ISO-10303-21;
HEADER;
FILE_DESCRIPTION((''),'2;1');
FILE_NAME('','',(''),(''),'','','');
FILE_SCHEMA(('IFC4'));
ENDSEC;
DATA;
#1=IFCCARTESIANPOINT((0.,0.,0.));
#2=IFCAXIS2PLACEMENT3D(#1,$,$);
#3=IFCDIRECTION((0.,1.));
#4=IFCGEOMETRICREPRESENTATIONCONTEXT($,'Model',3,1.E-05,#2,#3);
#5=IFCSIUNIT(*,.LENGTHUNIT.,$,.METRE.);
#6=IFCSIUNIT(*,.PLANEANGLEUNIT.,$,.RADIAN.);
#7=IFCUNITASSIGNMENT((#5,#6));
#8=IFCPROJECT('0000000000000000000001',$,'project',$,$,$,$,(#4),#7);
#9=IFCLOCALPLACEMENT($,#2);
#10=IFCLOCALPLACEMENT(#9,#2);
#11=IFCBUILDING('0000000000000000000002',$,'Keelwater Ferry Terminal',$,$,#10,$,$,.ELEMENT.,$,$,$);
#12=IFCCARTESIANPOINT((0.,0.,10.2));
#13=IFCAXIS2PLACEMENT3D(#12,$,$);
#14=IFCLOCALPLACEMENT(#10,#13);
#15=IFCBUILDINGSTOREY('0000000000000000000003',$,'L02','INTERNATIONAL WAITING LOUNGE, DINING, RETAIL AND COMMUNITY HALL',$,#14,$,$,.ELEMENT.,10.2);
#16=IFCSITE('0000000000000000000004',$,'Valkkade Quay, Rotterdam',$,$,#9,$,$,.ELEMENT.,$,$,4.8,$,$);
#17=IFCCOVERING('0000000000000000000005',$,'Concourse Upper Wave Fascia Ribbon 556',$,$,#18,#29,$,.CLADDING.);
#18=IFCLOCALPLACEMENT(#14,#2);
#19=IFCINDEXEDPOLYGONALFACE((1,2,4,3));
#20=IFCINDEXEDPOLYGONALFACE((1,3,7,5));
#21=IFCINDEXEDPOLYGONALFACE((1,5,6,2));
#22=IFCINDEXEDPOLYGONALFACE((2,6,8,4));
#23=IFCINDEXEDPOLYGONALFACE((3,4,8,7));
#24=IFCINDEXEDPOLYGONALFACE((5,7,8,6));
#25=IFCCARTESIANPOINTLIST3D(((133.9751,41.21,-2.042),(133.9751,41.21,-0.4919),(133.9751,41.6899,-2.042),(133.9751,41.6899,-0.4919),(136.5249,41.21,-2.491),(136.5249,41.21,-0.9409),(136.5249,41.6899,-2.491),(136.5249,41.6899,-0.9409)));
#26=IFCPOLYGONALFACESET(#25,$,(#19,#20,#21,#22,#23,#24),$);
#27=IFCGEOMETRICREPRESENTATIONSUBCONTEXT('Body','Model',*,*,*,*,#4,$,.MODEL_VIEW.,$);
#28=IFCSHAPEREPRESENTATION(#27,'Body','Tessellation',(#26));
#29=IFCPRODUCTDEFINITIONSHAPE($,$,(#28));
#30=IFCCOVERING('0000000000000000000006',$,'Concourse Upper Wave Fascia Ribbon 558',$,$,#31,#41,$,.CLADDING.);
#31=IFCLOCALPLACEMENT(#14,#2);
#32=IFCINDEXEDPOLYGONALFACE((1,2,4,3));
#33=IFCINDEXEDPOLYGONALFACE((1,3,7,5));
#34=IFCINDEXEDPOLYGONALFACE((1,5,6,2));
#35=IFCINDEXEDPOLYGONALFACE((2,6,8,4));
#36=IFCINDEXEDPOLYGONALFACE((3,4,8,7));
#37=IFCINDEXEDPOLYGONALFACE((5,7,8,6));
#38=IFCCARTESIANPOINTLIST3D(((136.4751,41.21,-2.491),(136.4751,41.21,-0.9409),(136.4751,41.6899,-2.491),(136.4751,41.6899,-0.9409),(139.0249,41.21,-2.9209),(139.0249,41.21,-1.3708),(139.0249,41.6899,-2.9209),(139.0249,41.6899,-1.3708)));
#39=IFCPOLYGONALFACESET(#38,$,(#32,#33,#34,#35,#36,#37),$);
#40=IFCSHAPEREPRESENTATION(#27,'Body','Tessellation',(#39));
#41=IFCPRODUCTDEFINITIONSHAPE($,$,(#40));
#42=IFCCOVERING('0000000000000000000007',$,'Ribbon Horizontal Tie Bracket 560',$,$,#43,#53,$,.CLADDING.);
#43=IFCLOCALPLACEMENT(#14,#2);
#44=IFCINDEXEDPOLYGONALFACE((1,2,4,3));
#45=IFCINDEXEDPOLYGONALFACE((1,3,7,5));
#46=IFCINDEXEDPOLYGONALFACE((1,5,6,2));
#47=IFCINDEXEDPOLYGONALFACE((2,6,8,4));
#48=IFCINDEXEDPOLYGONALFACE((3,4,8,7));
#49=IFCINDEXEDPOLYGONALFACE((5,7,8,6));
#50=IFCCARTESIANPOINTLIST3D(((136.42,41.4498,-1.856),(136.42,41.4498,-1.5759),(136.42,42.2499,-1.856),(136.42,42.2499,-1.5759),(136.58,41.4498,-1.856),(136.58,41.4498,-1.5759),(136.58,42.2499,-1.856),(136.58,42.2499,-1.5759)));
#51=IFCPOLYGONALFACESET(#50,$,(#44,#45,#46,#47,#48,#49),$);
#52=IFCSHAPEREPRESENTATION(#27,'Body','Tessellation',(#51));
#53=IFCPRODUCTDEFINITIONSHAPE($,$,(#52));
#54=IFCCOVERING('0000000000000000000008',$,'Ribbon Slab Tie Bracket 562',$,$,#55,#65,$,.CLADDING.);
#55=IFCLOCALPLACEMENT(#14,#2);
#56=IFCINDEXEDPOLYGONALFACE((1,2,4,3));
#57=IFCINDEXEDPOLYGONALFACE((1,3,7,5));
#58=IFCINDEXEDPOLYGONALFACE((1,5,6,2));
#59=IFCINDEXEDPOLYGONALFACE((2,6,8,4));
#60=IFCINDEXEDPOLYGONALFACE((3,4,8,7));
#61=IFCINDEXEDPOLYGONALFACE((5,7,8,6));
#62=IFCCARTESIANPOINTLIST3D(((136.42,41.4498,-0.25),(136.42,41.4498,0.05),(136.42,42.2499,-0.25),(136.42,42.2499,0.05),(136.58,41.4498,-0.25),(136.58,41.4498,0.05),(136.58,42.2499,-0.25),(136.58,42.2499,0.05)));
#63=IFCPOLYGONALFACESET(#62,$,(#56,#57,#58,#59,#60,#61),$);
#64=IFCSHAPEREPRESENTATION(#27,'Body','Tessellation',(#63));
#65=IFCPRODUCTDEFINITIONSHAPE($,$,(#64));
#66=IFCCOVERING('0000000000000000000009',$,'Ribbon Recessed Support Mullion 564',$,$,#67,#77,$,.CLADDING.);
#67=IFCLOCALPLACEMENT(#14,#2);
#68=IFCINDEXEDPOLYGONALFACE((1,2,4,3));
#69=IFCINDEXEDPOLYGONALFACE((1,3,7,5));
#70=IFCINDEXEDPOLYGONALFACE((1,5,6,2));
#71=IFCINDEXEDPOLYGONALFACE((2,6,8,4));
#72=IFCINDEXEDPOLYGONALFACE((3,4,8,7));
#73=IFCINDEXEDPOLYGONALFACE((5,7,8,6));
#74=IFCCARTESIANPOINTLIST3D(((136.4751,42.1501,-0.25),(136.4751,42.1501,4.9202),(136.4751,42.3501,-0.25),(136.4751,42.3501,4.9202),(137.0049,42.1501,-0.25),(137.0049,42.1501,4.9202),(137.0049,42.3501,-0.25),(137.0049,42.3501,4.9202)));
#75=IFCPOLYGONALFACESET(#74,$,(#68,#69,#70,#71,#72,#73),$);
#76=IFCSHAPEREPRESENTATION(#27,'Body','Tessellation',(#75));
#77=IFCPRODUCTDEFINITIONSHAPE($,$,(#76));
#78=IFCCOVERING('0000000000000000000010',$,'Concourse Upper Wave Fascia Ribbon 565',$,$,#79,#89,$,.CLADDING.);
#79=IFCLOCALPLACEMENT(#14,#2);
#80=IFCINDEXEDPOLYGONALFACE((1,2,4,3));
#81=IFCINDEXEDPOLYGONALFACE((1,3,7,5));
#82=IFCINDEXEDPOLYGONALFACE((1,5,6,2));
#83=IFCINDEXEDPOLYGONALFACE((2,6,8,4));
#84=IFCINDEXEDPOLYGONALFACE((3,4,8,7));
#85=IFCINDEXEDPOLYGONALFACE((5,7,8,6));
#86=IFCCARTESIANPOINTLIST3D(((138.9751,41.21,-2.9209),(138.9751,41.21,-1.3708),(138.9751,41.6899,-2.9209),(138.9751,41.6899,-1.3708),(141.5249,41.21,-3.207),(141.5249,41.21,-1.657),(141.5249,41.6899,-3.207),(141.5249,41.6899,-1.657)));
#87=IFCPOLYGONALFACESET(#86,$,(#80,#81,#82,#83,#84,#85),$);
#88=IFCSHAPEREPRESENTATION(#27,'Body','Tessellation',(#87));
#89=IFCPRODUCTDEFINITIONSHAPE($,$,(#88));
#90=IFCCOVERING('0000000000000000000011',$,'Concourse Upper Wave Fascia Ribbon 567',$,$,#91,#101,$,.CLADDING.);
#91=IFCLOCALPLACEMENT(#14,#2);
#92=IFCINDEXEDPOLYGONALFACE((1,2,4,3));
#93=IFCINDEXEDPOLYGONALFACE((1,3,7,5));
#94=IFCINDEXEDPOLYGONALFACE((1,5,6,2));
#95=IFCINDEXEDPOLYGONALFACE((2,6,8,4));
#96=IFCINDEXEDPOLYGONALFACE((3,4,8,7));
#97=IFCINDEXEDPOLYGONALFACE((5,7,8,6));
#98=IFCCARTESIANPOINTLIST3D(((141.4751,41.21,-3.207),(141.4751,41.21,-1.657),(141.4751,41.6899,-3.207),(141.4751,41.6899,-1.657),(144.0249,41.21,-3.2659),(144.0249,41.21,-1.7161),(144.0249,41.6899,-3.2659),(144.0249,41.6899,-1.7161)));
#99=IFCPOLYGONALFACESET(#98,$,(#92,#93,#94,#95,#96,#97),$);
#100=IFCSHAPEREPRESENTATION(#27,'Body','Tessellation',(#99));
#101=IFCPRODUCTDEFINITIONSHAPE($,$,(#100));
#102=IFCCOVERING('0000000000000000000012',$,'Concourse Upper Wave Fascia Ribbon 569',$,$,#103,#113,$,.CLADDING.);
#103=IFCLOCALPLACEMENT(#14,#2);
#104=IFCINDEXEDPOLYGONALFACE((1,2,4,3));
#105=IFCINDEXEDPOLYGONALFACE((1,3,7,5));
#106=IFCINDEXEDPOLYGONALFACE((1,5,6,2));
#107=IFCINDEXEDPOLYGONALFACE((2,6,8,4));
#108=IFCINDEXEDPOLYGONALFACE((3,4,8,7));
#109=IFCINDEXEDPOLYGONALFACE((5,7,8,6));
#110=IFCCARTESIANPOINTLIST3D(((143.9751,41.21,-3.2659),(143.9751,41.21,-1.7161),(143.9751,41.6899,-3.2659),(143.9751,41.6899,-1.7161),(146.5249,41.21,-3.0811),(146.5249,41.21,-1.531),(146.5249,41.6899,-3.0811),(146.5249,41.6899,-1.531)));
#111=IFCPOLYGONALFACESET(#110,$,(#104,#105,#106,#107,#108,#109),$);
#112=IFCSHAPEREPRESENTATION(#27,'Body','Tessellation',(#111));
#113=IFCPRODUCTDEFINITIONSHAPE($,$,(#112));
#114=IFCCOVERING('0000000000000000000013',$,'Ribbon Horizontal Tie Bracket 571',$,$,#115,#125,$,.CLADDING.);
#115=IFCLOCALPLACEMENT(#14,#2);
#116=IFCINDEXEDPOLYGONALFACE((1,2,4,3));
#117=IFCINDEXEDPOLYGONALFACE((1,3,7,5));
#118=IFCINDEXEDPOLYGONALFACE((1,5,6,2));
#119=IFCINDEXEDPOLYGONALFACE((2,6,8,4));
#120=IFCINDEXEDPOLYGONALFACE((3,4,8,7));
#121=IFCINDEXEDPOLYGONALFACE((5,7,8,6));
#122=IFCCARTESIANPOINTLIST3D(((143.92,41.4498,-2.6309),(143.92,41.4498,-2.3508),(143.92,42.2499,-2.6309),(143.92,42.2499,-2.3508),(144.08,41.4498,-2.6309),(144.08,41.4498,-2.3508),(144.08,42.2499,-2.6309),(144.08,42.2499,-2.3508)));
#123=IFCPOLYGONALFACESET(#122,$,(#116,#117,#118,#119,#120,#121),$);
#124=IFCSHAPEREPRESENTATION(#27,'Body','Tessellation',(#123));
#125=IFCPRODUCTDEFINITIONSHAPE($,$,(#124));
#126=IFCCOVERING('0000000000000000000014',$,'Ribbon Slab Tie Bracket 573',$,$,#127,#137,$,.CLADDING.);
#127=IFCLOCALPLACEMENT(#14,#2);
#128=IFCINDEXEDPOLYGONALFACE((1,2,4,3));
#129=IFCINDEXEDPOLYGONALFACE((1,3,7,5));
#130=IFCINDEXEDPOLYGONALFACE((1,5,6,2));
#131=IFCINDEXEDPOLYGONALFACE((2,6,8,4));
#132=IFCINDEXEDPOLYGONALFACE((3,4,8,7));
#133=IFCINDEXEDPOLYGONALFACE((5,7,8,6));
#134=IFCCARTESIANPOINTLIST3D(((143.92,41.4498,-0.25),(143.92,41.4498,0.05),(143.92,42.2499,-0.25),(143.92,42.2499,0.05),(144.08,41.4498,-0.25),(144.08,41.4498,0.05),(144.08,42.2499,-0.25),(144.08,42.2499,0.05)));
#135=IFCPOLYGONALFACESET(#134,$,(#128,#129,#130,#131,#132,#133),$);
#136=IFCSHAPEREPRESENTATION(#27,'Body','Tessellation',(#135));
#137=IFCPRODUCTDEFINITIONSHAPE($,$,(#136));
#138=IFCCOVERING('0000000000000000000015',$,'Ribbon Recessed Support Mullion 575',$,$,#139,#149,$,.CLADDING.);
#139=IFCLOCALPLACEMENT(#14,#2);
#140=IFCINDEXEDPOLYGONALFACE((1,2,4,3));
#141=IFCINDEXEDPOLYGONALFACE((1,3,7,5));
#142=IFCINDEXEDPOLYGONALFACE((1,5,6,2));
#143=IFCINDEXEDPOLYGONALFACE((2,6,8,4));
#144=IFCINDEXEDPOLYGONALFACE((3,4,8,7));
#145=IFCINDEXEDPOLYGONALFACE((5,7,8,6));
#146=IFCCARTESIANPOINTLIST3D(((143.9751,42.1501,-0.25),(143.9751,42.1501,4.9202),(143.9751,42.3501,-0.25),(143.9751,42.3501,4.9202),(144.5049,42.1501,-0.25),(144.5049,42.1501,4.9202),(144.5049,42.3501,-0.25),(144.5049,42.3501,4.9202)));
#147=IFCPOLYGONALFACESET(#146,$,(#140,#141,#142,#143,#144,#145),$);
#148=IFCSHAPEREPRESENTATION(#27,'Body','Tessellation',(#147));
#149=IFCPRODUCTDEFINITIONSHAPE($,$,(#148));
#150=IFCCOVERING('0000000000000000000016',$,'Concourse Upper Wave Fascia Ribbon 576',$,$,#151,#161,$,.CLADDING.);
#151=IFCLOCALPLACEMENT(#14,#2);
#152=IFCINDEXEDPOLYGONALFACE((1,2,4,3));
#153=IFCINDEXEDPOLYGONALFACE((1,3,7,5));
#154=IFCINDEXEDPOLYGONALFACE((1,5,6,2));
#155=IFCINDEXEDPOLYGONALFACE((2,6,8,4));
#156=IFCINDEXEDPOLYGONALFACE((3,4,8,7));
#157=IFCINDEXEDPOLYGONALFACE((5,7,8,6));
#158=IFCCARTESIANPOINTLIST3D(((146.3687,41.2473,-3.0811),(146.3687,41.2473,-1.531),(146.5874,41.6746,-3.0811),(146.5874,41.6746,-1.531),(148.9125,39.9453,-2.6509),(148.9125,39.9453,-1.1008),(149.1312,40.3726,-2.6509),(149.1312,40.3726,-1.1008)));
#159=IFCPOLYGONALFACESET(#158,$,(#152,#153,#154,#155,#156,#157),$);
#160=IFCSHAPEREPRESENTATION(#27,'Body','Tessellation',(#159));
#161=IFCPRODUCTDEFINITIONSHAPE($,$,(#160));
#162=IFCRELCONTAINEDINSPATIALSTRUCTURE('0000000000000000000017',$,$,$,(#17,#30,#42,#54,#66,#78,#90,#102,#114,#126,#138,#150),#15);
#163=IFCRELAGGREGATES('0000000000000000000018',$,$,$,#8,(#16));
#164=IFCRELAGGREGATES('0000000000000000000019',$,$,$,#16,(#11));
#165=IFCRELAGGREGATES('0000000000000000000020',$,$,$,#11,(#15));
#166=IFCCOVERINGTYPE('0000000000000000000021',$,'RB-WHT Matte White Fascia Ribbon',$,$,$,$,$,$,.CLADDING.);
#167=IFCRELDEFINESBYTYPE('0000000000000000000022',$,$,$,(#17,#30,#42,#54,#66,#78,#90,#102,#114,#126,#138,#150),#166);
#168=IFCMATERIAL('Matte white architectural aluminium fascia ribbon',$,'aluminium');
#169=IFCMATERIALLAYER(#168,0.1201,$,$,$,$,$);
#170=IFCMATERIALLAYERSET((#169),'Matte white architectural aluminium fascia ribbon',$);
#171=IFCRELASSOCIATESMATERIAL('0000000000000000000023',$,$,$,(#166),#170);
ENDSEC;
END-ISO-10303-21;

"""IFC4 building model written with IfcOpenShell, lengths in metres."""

from ifc_helpers import new_model, si_unit, direction, frame, frame_2d, origin, place, context, subcontext, project, spatial, polyline, rectangle, outline, extrude, material, layer, layer_set, type_object, element, save


model = new_model("IFC4")

# Units and contexts
model_context = context("Model", 3, precision=1e-05, world=origin(), true_north=direction((0.0, 1.0)))
body_context = subcontext(model_context, "Body", "Model", "MODEL_VIEW")
ifc_project = project(units=[si_unit("LENGTHUNIT", "METRE"), si_unit("PLANEANGLEUNIT", "RADIAN")], contexts=[model_context])

# Site, building, storey
site_placement = place(None, origin())
site = spatial("IfcSite", under=ifc_project, at=site_placement, Name="Valkkade Quay, Rotterdam", CompositionType="ELEMENT", RefElevation=4.8)
building_placement = place(site_placement, origin())
building = spatial("IfcBuilding", under=site, at=building_placement, Name="Keelwater Ferry Terminal", CompositionType="ELEMENT")
storey_placement = place(building_placement, frame((0.0, 0.0, 10.2)))
storey = spatial("IfcBuildingStorey", under=building, at=storey_placement, Name="L02", Description="INTERNATIONAL WAITING LOUNGE, DINING, RETAIL AND COMMUNITY HALL", CompositionType="ELEMENT", Elevation=10.2)

# Coverings
ifc_material_1 = material(Name="Matte white architectural aluminium fascia ribbon", Category="aluminium")
ifc_layer_1 = layer(ifc_material_1, 0.1201)
ifc_layer_set_1 = layer_set([ifc_layer_1], Name="Matte white architectural aluminium fascia ribbon")
covering_type = type_object("IfcCoveringType", Name="RB-WHT Matte White Fascia Ribbon", PredefinedType="CLADDING", material=ifc_layer_set_1)
covering_1_placement = place(storey_placement, frame((133.9751, 41.45, -2.491), z_axis=(0.0, 0.0, 1.0), x_axis=(1.0, 0.0, 0.0)))
element("IfcCovering", 1, at=covering_1_placement, inside=storey, type_object=covering_type, Name="Concourse Upper Wave Fascia Ribbon 556", PredefinedType="CLADDING", context=body_context, shape_type="SweptSolid", body=[
    extrude(outline(polyline([(0.0, 0.449), (2.5498, 0.0), (2.5498, 1.55), (0.0, 1.999), (0.0, 0.449)])), frame((0.0, 0.24, 0.0), z_axis=(0.0, -1.0, 0.0), x_axis=(1.0, 0.0, 0.0)), (0.0, 0.0, 1.0), 0.48),
])
covering_2_placement = place(storey_placement, frame((136.4751, 41.45, -2.9209), z_axis=(0.0, 0.0, 1.0), x_axis=(1.0, 0.0, 0.0)))
element("IfcCovering", 2, at=covering_2_placement, inside=storey, type_object=covering_type, Name="Concourse Upper Wave Fascia Ribbon 558", PredefinedType="CLADDING", context=body_context, shape_type="SweptSolid", body=[
    extrude(outline(polyline([(0.0, 0.4299), (2.5498, 0.0), (2.5498, 1.55), (0.0, 1.98), (0.0, 0.4299)])), frame((0.0, 0.24, 0.0), z_axis=(0.0, -1.0, 0.0), x_axis=(1.0, 0.0, 0.0)), (0.0, 0.0, 1.0), 0.48),
])
covering_3_placement = place(storey_placement, frame((136.5, 41.45, -1.856), z_axis=(0.0, 0.0, 1.0), x_axis=(0.0, 1.0, 0.0)))
element("IfcCovering", 3, at=covering_3_placement, inside=storey, type_object=covering_type, Name="Ribbon Horizontal Tie Bracket 560", PredefinedType="CLADDING", context=body_context, shape_type="SweptSolid", body=[
    extrude(rectangle(XDim=0.8, YDim=0.1599, at=frame_2d((0.3999, 0.0))), origin(), (0.0, 0.0, 1.0), 0.28),
])
covering_4_placement = place(storey_placement, frame((136.5, 41.45, -0.25), z_axis=(0.0, 0.0, 1.0), x_axis=(0.0, 1.0, 0.0)))
element("IfcCovering", 4, at=covering_4_placement, inside=storey, type_object=covering_type, Name="Ribbon Slab Tie Bracket 562", PredefinedType="CLADDING", context=body_context, shape_type="SweptSolid", body=[
    extrude(rectangle(XDim=0.8, YDim=0.1599, at=frame_2d((0.3999, 0.0))), origin(), (0.0, 0.0, 1.0), 0.3),
])
covering_5_placement = place(storey_placement, frame((136.4751, 42.25, -0.25), z_axis=(0.0, 0.0, 1.0), x_axis=(1.0, 0.0, 0.0)))
element("IfcCovering", 5, at=covering_5_placement, inside=storey, type_object=covering_type, Name="Ribbon Recessed Support Mullion 564", PredefinedType="CLADDING", context=body_context, shape_type="SweptSolid", body=[
    extrude(outline(polyline([(0.0, 0.0), (0.5298, 0.0), (0.5298, 5.1702), (0.0, 5.1702), (0.0, 0.0)])), frame((0.0, 0.1001, 0.0), z_axis=(0.0, -1.0, 0.0), x_axis=(1.0, 0.0, 0.0)), (0.0, 0.0, 1.0), 0.2),
])
covering_6_placement = place(storey_placement, frame((138.9751, 41.45, -3.207), z_axis=(0.0, 0.0, 1.0), x_axis=(1.0, 0.0, 0.0)))
element("IfcCovering", 6, at=covering_6_placement, inside=storey, type_object=covering_type, Name="Concourse Upper Wave Fascia Ribbon 565", PredefinedType="CLADDING", context=body_context, shape_type="SweptSolid", body=[
    extrude(outline(polyline([(0.0, 0.2861), (2.5498, 0.0), (2.5498, 1.55), (0.0, 1.8362), (0.0, 0.2861)])), frame((0.0, 0.24, 0.0), z_axis=(0.0, -1.0, 0.0), x_axis=(1.0, 0.0, 0.0)), (0.0, 0.0, 1.0), 0.48),
])
covering_7_placement = place(storey_placement, frame((141.4751, 41.45, -3.2659), z_axis=(0.0, 0.0, 1.0), x_axis=(1.0, 0.0, 0.0)))
element("IfcCovering", 7, at=covering_7_placement, inside=storey, type_object=covering_type, Name="Concourse Upper Wave Fascia Ribbon 567", PredefinedType="CLADDING", context=body_context, shape_type="SweptSolid", body=[
    extrude(outline(polyline([(0.0, 0.0588), (2.5498, 0.0), (2.5498, 1.5498), (0.0, 1.6089), (0.0, 0.0588)])), frame((0.0, 0.24, 0.0), z_axis=(0.0, -1.0, 0.0), x_axis=(1.0, 0.0, 0.0)), (0.0, 0.0, 1.0), 0.48),
])
covering_8_placement = place(storey_placement, frame((143.9751, 41.45, -3.2659), z_axis=(0.0, 0.0, 1.0), x_axis=(1.0, 0.0, 0.0)))
element("IfcCovering", 8, at=covering_8_placement, inside=storey, type_object=covering_type, Name="Concourse Upper Wave Fascia Ribbon 569", PredefinedType="CLADDING", context=body_context, shape_type="SweptSolid", body=[
    extrude(outline(polyline([(0.0, 0.0), (2.5498, 0.1848), (2.5498, 1.7349), (0.0, 1.5498), (0.0, 0.0)])), frame((0.0, 0.24, 0.0), z_axis=(0.0, -1.0, 0.0), x_axis=(1.0, 0.0, 0.0)), (0.0, 0.0, 1.0), 0.48),
])
covering_9_placement = place(storey_placement, frame((144.0, 41.45, -2.6309), z_axis=(0.0, 0.0, 1.0), x_axis=(0.0, 1.0, 0.0)))
element("IfcCovering", 9, at=covering_9_placement, inside=storey, type_object=covering_type, Name="Ribbon Horizontal Tie Bracket 571", PredefinedType="CLADDING", context=body_context, shape_type="SweptSolid", body=[
    extrude(rectangle(XDim=0.8, YDim=0.1599, at=frame_2d((0.3999, 0.0))), origin(), (0.0, 0.0, 1.0), 0.28),
])
covering_10_placement = place(storey_placement, frame((144.0, 41.45, -0.25), z_axis=(0.0, 0.0, 1.0), x_axis=(0.0, 1.0, 0.0)))
element("IfcCovering", 10, at=covering_10_placement, inside=storey, type_object=covering_type, Name="Ribbon Slab Tie Bracket 573", PredefinedType="CLADDING", context=body_context, shape_type="SweptSolid", body=[
    extrude(rectangle(XDim=0.8, YDim=0.1599, at=frame_2d((0.3999, 0.0))), origin(), (0.0, 0.0, 1.0), 0.3),
])
covering_11_placement = place(storey_placement, frame((143.9751, 42.25, -0.25), z_axis=(0.0, 0.0, 1.0), x_axis=(1.0, 0.0, 0.0)))
element("IfcCovering", 11, at=covering_11_placement, inside=storey, type_object=covering_type, Name="Ribbon Recessed Support Mullion 575", PredefinedType="CLADDING", context=body_context, shape_type="SweptSolid", body=[
    extrude(outline(polyline([(0.0, 0.0), (0.5298, 0.0), (0.5298, 5.1702), (0.0, 5.1702), (0.0, 0.0)])), frame((0.0, 0.1001, 0.0), z_axis=(0.0, -1.0, 0.0), x_axis=(1.0, 0.0, 0.0)), (0.0, 0.0, 1.0), 0.2),
])
covering_12_placement = place(storey_placement, frame((146.478, 41.4609, -3.0811), z_axis=(0.0, 0.0, 1.0), x_axis=(0.890185, -0.4556, 0.0)))
element("IfcCovering", 12, at=covering_12_placement, inside=storey, type_object=covering_type, Name="Concourse Upper Wave Fascia Ribbon 576", PredefinedType="CLADDING", context=body_context, shape_type="SweptSolid", body=[
    extrude(outline(polyline([(0.0, 0.0), (2.8577, 0.4302), (2.8577, 1.9802), (0.0, 1.55), (0.0, 0.0)])), frame((0.0, 0.24, 0.0), z_axis=(0.0, -1.0, 0.0), x_axis=(1.0, 0.0, 0.0)), (0.0, 0.0, 1.0), 0.48),
])

save(model, "model.ifc")
